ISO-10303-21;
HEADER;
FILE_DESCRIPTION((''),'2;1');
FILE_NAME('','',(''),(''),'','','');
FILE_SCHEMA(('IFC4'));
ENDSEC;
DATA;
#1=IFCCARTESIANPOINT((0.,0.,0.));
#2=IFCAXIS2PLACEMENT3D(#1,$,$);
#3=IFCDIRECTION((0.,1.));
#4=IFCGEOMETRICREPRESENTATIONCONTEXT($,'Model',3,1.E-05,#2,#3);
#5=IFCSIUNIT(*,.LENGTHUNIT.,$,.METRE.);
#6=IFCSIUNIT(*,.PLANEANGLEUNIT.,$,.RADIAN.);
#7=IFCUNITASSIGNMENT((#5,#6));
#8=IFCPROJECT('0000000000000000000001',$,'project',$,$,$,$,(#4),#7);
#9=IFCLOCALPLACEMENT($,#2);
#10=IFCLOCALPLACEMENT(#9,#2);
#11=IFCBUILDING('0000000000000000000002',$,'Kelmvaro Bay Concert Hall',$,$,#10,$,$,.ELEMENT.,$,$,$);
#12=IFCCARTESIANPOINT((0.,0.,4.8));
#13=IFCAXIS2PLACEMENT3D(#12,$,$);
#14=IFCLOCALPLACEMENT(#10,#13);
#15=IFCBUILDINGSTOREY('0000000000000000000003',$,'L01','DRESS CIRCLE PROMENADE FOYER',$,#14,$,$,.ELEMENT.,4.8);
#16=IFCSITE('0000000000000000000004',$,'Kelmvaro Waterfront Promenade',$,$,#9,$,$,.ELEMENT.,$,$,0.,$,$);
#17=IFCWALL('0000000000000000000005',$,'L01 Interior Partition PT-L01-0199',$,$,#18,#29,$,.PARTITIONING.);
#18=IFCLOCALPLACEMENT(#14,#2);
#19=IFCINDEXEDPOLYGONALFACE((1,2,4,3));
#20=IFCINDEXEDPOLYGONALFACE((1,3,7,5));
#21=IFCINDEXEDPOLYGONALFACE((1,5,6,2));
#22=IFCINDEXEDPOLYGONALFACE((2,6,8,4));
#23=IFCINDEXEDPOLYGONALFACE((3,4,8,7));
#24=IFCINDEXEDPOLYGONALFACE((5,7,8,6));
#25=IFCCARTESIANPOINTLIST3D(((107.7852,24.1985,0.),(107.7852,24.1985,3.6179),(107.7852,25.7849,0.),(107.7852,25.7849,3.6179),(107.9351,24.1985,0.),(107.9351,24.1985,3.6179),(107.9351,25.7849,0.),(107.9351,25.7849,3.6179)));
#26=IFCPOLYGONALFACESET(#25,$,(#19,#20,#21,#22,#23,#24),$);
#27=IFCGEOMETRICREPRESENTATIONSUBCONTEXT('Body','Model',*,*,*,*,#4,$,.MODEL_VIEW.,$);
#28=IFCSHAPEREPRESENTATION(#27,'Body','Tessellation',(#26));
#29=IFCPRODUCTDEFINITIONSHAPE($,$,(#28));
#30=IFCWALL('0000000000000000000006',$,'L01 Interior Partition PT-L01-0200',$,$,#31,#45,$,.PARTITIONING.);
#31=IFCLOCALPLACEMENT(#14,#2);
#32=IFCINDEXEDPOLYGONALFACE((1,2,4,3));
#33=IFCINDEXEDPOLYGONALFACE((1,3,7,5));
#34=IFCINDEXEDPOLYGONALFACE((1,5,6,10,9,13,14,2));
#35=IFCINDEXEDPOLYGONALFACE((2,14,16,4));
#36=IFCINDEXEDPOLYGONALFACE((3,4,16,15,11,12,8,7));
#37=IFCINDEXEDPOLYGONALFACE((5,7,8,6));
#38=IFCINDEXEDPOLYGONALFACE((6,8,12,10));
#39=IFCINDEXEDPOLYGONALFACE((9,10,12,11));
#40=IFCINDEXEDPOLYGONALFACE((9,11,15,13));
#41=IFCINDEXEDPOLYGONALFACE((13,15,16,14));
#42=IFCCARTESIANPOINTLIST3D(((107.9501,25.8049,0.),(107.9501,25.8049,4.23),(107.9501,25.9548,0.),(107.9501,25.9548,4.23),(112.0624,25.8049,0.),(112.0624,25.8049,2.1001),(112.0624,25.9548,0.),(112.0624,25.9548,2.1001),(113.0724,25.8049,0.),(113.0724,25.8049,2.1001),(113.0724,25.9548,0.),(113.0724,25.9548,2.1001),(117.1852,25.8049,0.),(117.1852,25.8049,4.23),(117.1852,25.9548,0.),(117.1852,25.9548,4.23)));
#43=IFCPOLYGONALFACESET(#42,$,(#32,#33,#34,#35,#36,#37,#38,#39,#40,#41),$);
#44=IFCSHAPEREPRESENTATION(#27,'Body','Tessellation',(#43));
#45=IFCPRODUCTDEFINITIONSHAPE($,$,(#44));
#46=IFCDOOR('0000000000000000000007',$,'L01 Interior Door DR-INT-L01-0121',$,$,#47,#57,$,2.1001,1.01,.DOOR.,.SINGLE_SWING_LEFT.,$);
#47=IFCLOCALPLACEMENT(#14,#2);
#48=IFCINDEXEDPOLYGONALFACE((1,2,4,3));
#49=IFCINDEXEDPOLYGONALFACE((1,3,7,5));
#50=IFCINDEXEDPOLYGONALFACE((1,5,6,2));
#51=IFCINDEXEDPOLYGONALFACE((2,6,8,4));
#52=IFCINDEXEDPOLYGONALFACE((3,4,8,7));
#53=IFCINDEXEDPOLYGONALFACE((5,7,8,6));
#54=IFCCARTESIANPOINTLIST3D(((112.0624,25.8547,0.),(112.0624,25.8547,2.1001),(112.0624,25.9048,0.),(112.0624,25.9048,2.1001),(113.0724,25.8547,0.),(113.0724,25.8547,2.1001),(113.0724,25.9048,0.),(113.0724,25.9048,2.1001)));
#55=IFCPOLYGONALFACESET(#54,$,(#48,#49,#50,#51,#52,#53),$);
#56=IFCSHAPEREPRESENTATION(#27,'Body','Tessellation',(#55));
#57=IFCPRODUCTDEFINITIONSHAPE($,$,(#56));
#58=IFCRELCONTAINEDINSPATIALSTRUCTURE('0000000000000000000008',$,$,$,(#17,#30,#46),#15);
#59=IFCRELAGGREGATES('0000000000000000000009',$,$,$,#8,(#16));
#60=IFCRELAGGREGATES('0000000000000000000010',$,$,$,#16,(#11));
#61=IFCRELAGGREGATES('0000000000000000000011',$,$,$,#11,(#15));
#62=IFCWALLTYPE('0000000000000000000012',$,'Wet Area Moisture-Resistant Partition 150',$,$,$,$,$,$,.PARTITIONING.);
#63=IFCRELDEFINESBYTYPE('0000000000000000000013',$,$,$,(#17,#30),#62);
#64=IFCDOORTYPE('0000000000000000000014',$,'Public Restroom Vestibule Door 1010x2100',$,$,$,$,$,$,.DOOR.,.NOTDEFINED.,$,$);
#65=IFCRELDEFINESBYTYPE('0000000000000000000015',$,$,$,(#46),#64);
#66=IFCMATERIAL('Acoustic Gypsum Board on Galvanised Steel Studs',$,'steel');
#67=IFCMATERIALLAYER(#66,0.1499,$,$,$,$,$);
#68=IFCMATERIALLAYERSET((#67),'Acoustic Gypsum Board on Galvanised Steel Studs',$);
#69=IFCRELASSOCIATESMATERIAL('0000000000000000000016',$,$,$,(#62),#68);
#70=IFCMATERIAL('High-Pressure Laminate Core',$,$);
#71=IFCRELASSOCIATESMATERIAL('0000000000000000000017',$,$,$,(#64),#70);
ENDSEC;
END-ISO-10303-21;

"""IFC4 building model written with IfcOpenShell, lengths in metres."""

from ifc_helpers import new_model, si_unit, direction, frame, frame_2d, origin, place, context, subcontext, project, spatial, rectangle, extrude, material, layer, layer_set, type_object, element, fill, save


model = new_model("IFC4")

# Units and contexts
model_context = context("Model", 3, precision=1e-05, world=origin(), true_north=direction((0.0, 1.0)))
body_context = subcontext(model_context, "Body", "Model", "MODEL_VIEW")
ifc_project = project(units=[si_unit("LENGTHUNIT", "METRE"), si_unit("PLANEANGLEUNIT", "RADIAN")], contexts=[model_context])

# Site, building, storey
site_placement = place(None, origin())
site = spatial("IfcSite", under=ifc_project, at=site_placement, Name="Kelmvaro Waterfront Promenade", CompositionType="ELEMENT", RefElevation=0.0)
building_placement = place(site_placement, origin())
building = spatial("IfcBuilding", under=site, at=building_placement, Name="Kelmvaro Bay Concert Hall", CompositionType="ELEMENT")
storey_placement = place(building_placement, frame((0.0, 0.0, 4.8)))
storey = spatial("IfcBuildingStorey", under=building, at=storey_placement, Name="L01", Description="DRESS CIRCLE PROMENADE FOYER", CompositionType="ELEMENT", Elevation=4.8)

# Wall
ifc_material_1 = material(Name="Acoustic Gypsum Board on Galvanised Steel Studs", Category="steel")
ifc_layer = layer(ifc_material_1, 0.1499)
ifc_layer_set = layer_set([ifc_layer], Name="Acoustic Gypsum Board on Galvanised Steel Studs")
wall_type = type_object("IfcWallType", Name="Wet Area Moisture-Resistant Partition 150", PredefinedType="PARTITIONING", material=ifc_layer_set)
wall_1_placement = place(storey_placement, frame((107.8601, 24.1985, 0.0), z_axis=(0.0, 0.0, 1.0), x_axis=(0.0, 1.0, 0.0)))
element("IfcWall", 1, at=wall_1_placement, inside=storey, type_object=wall_type, Name="L01 Interior Partition PT-L01-0199", PredefinedType="PARTITIONING", context=body_context, shape_type="SweptSolid", body=[
    extrude(rectangle(XDim=1.5864, YDim=0.1499, at=frame_2d((0.7932, 0.0))), origin(), (0.0, 0.0, 1.0), 3.6179),
])

# Wall, opening, door
wall_2_placement = place(storey_placement, frame((107.95, 25.8799, 0.0), z_axis=(0.0, 0.0, 1.0), x_axis=(1.0, 0.0, 0.0)))
wall_2 = element("IfcWall", 2, at=wall_2_placement, inside=storey, type_object=wall_type, Name="L01 Interior Partition PT-L01-0200", PredefinedType="PARTITIONING", context=body_context, shape_type="SweptSolid", body=[
    extrude(rectangle(XDim=9.2351, YDim=0.1499, at=frame_2d((4.6177, 0.0))), origin(), (0.0, 0.0, 1.0), 4.23),
])
opening_placement = place(wall_2_placement, frame((4.1125, 0.0, 0.0)))
opening = element("IfcOpeningElement", 3, at=opening_placement, cuts=wall_2, PredefinedType="OPENING", context=body_context, shape_type="SweptSolid", body=[
    extrude(rectangle(XDim=1.01, YDim=2.1001, at=frame_2d((0.5049, 1.05))), frame((0.0, 0.085, 0.0), z_axis=(0.0, -1.0, 0.0), x_axis=(1.0, 0.0, 0.0)), (0.0, 0.0, 1.0), 0.1699),
])
ifc_material_2 = material(Name="High-Pressure Laminate Core")
door_type = type_object("IfcDoorType", Name="Public Restroom Vestibule Door 1010x2100", OperationType="NOTDEFINED", PredefinedType="DOOR", material=ifc_material_2)
door_placement = place(opening_placement, origin())
door = element("IfcDoor", 4, at=door_placement, inside=storey, type_object=door_type, Name="L01 Interior Door DR-INT-L01-0121", OperationType="SINGLE_SWING_LEFT", OverallHeight=2.1001, OverallWidth=1.01, PredefinedType="DOOR", context=body_context, shape_type="SweptSolid", body=[
    extrude(rectangle(XDim=1.01, YDim=2.1001, at=frame_2d((0.5049, 1.05))), frame((0.0, 0.0249, 0.0), z_axis=(0.0, -1.0, 0.0), x_axis=(1.0, 0.0, 0.0)), (0.0, 0.0, 1.0), 0.05),
])
fill(opening, door)

save(model, "model.ifc")
